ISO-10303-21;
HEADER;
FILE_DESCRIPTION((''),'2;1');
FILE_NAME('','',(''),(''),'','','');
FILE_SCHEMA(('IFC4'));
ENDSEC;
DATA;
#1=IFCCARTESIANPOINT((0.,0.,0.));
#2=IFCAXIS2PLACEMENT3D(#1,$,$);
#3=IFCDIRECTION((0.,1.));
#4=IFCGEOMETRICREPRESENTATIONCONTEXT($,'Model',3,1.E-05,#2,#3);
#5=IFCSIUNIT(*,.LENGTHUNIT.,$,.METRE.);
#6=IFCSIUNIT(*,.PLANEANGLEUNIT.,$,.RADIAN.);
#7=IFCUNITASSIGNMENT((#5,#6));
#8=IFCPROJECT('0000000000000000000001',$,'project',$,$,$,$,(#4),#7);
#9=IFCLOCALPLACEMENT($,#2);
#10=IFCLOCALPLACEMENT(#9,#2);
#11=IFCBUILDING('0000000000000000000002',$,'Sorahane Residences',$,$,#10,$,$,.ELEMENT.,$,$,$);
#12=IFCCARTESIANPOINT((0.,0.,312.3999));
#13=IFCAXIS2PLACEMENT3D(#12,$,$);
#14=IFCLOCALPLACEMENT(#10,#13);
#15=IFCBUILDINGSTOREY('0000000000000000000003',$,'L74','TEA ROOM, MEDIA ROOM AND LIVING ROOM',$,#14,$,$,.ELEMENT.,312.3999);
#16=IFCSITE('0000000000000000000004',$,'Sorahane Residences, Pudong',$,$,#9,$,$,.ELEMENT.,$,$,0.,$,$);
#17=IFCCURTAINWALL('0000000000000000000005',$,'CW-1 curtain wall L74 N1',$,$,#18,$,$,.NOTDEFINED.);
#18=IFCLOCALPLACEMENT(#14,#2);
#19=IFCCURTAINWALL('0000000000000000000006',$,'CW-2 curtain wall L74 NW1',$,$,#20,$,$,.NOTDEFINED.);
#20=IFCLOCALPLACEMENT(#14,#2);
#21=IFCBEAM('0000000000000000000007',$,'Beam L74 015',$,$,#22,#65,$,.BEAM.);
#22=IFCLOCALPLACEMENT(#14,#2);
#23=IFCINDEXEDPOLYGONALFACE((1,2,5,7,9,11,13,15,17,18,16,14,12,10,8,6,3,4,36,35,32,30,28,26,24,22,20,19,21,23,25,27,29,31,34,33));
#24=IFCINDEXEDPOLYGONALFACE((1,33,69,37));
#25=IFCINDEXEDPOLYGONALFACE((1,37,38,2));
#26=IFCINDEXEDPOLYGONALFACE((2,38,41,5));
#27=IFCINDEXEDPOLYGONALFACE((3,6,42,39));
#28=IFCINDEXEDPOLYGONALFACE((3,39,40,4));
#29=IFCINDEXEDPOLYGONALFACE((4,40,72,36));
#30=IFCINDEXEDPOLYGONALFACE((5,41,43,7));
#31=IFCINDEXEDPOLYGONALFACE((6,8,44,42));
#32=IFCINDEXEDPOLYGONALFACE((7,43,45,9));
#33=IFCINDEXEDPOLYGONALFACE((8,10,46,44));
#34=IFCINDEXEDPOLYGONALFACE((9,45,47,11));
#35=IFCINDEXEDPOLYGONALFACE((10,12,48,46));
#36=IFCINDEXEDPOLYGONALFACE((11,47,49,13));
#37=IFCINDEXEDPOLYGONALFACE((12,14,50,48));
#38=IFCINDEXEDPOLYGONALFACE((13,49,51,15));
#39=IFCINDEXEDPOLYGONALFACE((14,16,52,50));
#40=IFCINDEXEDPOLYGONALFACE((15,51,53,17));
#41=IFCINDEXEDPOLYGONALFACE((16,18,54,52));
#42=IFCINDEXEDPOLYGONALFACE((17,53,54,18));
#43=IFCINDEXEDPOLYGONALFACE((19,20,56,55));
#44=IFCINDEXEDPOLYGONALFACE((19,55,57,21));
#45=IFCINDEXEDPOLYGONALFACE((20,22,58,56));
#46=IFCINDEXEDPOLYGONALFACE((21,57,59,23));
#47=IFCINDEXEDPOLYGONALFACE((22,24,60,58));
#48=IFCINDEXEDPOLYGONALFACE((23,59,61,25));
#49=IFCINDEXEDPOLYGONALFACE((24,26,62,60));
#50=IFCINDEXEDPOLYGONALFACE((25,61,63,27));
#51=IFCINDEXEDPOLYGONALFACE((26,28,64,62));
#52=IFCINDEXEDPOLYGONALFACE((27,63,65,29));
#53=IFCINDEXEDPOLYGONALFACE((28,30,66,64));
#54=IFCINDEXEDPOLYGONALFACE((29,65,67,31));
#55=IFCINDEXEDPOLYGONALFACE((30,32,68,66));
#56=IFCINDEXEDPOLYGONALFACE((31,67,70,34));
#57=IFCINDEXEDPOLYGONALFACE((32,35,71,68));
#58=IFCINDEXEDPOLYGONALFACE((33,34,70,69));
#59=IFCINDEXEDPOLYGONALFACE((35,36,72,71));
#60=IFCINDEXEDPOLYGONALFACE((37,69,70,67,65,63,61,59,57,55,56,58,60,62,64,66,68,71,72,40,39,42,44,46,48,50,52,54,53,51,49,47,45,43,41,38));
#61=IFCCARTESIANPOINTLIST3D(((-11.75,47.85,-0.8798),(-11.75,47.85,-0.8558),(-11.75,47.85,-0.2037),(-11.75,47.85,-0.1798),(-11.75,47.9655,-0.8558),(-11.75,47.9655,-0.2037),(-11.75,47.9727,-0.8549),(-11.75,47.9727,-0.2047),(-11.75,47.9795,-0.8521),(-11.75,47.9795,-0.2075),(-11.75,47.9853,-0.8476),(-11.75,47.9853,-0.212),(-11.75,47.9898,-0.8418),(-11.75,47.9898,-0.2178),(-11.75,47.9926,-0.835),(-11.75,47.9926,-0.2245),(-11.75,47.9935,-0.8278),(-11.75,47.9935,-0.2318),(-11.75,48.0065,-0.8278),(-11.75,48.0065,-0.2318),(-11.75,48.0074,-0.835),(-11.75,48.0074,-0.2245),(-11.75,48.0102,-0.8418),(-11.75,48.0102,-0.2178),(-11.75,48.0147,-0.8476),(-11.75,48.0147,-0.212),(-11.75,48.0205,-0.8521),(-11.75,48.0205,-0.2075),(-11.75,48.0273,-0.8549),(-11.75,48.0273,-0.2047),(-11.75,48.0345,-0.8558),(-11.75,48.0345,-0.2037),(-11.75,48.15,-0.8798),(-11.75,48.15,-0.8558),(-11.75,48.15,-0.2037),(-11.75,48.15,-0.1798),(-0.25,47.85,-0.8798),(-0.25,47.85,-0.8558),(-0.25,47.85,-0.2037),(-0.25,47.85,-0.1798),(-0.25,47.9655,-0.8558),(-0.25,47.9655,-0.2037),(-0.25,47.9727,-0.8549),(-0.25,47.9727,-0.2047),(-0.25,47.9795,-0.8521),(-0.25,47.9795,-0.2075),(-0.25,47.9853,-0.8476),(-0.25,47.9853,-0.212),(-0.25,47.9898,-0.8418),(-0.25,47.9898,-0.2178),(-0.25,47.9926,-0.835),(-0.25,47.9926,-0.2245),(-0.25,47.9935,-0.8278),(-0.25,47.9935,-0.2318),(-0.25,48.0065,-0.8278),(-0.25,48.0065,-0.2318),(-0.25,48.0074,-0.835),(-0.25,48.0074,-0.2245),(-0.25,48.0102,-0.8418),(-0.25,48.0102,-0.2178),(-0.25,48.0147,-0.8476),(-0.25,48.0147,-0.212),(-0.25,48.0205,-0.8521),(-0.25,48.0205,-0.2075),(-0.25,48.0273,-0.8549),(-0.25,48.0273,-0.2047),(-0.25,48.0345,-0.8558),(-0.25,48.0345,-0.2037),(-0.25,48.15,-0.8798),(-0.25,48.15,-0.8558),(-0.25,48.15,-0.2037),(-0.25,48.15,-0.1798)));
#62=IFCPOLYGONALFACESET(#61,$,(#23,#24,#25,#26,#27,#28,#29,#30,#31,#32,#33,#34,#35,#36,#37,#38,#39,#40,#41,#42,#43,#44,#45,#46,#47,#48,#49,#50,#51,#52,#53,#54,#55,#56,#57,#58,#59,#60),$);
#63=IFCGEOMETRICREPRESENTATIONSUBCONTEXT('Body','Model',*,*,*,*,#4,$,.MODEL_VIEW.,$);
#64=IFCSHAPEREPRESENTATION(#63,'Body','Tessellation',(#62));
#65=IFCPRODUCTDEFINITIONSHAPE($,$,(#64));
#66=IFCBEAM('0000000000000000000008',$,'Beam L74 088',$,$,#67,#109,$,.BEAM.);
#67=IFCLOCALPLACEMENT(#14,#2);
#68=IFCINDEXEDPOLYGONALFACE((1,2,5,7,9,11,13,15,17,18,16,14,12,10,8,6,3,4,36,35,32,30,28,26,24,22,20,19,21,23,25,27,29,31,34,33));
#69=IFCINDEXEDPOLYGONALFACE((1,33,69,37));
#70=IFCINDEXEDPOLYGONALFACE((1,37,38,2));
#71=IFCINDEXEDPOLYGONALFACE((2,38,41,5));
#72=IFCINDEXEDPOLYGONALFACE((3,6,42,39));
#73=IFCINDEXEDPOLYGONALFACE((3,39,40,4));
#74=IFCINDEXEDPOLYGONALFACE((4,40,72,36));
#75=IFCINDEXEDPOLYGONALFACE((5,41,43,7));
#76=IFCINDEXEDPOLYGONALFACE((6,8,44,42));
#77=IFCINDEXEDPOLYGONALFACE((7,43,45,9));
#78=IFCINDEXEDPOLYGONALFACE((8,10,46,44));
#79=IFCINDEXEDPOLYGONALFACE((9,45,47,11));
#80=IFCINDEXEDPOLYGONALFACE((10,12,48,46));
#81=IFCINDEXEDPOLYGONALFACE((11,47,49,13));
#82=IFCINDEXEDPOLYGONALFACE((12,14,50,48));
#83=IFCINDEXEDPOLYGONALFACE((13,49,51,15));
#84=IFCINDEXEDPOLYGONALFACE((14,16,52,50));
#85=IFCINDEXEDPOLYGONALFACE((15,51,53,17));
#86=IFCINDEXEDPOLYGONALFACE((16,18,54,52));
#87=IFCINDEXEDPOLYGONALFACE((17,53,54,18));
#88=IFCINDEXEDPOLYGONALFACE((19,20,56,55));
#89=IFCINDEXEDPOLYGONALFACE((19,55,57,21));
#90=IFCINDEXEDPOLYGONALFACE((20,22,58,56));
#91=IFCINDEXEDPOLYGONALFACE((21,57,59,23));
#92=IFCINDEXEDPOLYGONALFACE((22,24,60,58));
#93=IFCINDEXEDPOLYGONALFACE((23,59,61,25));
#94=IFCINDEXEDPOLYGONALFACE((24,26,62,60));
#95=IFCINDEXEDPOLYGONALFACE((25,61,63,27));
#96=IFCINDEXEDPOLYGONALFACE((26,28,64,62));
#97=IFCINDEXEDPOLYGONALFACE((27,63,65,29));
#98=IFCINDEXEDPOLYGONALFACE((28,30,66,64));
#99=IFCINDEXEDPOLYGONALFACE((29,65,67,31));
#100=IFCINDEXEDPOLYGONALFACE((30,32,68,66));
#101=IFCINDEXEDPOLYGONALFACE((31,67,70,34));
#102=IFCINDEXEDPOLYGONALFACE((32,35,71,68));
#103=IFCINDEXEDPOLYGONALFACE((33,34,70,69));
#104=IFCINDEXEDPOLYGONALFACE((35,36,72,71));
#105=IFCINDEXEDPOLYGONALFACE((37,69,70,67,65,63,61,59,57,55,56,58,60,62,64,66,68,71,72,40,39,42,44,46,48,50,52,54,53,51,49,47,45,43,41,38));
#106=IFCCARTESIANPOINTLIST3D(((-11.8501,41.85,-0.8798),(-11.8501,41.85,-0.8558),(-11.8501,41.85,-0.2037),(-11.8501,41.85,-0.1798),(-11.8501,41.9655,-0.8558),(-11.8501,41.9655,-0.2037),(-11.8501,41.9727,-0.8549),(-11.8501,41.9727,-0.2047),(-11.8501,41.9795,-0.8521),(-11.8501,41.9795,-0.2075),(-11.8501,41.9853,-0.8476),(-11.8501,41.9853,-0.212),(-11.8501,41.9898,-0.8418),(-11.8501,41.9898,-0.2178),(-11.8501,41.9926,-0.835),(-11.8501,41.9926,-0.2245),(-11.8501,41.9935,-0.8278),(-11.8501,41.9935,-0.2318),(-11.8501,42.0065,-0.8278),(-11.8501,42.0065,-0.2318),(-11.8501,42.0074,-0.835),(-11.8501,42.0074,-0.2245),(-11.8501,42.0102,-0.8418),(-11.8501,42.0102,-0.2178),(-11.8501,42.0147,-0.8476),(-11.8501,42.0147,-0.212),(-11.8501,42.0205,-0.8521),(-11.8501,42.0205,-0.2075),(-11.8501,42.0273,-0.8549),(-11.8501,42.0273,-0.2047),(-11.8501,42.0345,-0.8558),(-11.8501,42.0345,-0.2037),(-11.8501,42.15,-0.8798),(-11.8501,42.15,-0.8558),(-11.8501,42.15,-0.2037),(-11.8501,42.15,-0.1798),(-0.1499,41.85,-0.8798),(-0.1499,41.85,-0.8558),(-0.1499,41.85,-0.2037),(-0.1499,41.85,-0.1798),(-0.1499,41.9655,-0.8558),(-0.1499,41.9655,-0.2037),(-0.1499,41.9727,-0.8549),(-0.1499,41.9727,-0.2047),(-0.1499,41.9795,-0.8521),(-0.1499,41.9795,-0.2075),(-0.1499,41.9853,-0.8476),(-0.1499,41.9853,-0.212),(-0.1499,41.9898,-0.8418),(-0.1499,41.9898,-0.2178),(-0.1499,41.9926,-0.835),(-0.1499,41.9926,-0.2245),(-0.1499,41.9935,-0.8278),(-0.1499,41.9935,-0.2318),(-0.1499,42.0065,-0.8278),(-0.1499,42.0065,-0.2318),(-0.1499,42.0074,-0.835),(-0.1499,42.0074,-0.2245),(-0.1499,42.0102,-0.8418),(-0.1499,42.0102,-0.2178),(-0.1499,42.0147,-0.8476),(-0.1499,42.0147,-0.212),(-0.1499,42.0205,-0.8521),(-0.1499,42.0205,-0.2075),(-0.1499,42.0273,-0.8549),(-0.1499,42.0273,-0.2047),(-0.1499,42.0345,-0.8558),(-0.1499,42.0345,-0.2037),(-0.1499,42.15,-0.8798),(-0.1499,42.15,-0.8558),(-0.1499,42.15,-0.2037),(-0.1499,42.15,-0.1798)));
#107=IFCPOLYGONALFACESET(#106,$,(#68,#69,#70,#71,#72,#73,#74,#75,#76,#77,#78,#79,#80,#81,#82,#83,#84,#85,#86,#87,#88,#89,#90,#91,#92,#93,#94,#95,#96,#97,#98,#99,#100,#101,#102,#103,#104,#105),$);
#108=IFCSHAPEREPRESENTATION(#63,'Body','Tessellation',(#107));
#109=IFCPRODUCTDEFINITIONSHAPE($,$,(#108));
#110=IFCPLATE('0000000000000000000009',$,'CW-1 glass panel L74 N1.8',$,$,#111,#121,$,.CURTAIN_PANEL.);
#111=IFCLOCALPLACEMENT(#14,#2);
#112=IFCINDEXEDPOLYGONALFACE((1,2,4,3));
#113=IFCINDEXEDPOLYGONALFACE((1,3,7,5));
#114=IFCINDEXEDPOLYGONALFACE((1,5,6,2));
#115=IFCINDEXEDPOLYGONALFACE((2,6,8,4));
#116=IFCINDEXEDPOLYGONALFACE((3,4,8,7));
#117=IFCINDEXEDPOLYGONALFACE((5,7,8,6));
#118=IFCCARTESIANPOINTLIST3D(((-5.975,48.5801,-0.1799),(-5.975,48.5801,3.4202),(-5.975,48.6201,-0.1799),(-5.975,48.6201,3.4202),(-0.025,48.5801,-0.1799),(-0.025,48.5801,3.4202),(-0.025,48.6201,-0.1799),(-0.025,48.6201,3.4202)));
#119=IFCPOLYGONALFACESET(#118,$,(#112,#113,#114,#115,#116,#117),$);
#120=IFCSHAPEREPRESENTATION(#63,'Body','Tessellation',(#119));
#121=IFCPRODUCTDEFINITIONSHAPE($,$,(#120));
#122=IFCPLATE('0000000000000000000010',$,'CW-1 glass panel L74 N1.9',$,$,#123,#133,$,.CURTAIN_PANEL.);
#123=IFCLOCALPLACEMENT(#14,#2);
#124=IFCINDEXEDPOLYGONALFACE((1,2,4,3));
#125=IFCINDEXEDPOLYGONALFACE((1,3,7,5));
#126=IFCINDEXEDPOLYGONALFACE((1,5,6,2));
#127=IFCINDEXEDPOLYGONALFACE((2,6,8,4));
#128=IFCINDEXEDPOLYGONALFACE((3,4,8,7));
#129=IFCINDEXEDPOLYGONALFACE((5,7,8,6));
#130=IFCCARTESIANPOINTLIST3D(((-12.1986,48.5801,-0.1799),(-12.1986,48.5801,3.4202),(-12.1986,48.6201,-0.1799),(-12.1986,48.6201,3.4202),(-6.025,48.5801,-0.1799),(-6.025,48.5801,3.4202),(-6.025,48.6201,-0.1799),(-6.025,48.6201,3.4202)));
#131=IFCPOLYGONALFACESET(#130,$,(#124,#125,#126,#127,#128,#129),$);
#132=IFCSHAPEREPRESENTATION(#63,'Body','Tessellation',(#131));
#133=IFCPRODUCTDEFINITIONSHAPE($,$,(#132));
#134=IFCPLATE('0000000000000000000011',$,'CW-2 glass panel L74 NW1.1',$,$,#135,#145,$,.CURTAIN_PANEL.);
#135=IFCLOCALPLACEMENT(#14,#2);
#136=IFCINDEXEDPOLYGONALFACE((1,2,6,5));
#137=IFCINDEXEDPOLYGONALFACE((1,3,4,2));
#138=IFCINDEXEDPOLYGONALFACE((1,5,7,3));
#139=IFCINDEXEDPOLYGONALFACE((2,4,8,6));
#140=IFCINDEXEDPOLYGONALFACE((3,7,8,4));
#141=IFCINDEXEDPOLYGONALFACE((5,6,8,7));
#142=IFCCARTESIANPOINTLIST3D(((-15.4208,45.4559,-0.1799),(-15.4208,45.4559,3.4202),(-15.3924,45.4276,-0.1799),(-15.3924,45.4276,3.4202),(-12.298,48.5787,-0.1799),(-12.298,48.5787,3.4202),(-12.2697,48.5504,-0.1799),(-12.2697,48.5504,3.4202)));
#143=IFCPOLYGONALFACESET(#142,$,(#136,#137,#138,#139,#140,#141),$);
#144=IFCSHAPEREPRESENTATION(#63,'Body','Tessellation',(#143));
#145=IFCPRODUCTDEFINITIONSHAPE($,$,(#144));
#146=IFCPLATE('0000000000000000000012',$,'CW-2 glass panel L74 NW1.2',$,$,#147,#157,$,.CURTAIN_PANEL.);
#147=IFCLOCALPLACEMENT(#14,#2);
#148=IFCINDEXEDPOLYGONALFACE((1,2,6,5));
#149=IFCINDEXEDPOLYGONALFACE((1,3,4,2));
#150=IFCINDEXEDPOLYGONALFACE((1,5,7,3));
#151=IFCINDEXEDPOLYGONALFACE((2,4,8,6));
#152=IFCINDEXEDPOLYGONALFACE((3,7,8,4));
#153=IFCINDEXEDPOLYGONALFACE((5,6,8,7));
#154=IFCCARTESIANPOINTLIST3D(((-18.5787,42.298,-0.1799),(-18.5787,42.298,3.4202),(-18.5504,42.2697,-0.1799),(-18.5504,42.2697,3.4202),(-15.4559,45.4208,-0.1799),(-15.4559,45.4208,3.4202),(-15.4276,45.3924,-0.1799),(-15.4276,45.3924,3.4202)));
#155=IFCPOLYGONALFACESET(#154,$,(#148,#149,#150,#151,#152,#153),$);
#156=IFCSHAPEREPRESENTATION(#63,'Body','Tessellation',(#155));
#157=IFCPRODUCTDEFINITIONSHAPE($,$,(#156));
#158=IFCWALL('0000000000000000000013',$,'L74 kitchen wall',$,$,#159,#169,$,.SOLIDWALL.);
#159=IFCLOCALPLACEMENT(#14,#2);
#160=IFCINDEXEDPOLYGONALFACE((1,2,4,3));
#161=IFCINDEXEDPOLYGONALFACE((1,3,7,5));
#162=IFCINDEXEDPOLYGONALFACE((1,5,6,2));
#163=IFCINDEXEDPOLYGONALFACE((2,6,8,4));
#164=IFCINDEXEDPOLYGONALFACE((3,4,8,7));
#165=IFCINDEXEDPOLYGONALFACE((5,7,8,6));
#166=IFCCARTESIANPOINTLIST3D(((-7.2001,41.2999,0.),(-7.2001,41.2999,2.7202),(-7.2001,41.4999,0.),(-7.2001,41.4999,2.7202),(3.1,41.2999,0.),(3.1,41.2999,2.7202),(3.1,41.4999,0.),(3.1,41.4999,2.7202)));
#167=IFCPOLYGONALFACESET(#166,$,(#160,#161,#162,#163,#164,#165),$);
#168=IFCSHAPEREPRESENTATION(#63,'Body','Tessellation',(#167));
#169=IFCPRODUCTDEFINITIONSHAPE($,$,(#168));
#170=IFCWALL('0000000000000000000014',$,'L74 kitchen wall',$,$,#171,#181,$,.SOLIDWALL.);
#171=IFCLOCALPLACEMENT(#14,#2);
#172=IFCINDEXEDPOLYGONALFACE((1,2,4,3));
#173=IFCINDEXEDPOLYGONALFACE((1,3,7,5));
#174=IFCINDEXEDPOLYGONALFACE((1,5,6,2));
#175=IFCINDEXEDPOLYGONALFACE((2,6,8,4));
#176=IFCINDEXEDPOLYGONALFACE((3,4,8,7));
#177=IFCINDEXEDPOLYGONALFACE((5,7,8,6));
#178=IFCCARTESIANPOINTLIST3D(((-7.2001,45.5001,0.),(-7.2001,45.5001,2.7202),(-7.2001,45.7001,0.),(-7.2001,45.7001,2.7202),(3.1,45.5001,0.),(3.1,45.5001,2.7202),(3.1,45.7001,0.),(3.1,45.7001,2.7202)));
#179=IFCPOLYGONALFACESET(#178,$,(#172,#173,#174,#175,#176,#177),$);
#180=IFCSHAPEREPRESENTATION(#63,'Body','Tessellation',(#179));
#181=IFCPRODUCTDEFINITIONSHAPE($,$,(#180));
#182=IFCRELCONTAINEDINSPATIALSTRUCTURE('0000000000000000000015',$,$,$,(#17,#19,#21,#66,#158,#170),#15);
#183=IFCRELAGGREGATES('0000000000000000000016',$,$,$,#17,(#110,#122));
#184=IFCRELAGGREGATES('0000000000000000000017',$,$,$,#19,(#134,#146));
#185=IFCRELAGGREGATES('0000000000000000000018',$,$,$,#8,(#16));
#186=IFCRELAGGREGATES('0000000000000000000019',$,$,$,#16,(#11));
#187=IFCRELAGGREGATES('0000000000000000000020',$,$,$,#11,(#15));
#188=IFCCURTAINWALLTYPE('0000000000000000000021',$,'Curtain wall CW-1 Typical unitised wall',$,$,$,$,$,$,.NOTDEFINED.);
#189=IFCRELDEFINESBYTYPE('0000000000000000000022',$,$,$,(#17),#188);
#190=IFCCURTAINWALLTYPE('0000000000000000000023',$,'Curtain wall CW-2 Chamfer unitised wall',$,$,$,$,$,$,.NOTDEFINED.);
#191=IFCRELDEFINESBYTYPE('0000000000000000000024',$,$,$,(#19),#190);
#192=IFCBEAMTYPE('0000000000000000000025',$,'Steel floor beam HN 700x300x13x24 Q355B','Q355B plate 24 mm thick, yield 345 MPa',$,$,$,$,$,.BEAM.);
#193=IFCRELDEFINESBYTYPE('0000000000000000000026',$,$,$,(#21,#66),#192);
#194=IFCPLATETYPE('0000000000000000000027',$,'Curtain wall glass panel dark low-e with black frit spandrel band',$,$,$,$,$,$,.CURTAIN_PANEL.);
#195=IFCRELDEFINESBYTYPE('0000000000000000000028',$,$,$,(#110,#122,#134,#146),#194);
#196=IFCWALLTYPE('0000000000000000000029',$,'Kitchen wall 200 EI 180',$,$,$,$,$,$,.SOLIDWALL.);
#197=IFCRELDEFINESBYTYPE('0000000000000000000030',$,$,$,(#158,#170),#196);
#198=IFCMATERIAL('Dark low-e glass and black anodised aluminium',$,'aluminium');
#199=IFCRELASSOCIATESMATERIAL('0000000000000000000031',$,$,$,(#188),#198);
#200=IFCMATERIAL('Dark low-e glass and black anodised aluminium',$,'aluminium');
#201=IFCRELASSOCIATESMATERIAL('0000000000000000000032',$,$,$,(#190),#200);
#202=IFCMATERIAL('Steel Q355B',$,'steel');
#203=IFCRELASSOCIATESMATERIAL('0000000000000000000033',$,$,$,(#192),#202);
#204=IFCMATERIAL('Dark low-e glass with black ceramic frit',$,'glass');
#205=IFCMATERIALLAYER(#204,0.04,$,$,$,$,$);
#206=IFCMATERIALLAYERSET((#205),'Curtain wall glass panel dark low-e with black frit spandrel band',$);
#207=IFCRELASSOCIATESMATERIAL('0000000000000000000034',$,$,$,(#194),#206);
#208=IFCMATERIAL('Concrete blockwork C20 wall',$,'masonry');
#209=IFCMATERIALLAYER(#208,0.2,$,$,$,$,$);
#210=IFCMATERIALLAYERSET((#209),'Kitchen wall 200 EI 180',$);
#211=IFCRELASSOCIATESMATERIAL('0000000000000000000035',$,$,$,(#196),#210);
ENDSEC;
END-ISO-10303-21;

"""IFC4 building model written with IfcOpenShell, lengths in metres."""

from ifc_helpers import new_model, si_unit, direction, frame, frame_2d, origin, origin_2d, place, context, subcontext, project, spatial, rectangle, i_section, extrude, material, layer, layer_set, material_profile, profile_set, type_object, element, aggregate, save


model = new_model("IFC4")

# Units and contexts
model_context = context("Model", 3, precision=1e-05, world=origin(), true_north=direction((0.0, 1.0)))
body_context = subcontext(model_context, "Body", "Model", "MODEL_VIEW")
ifc_project = project(units=[si_unit("LENGTHUNIT", "METRE"), si_unit("PLANEANGLEUNIT", "RADIAN")], contexts=[model_context])

# Site, building, storey
site_placement = place(None, origin())
site = spatial("IfcSite", under=ifc_project, at=site_placement, Name="Sorahane Residences, Pudong", CompositionType="ELEMENT", RefElevation=0.0)
building_placement = place(site_placement, origin())
building = spatial("IfcBuilding", under=site, at=building_placement, Name="Sorahane Residences", CompositionType="ELEMENT")
storey_placement = place(building_placement, frame((0.0, 0.0, 312.3999)))
storey = spatial("IfcBuildingStorey", under=building, at=storey_placement, Name="L74", Description="TEA ROOM, MEDIA ROOM AND LIVING ROOM", CompositionType="ELEMENT", Elevation=312.3999)

# Curtain walls
ifc_material_1 = material(Name="Dark low-e glass and black anodised aluminium", Category="aluminium")
curtain_wall_type_1 = type_object("IfcCurtainWallType", Name="Curtain wall CW-1 Typical unitised wall", PredefinedType="NOTDEFINED", material=ifc_material_1)
curtain_wall_1_placement = place(storey_placement, origin())
curtain_wall_1 = element("IfcCurtainWall", 1, at=curtain_wall_1_placement, inside=storey, type_object=curtain_wall_type_1, Name="CW-1 curtain wall L74 N1", PredefinedType="NOTDEFINED")
ifc_material_2 = material(Name="Dark low-e glass and black anodised aluminium", Category="aluminium")
curtain_wall_type_2 = type_object("IfcCurtainWallType", Name="Curtain wall CW-2 Chamfer unitised wall", PredefinedType="NOTDEFINED", material=ifc_material_2)
curtain_wall_2_placement = place(storey_placement, origin())
curtain_wall_2 = element("IfcCurtainWall", 2, at=curtain_wall_2_placement, inside=storey, type_object=curtain_wall_type_2, Name="CW-2 curtain wall L74 NW1", PredefinedType="NOTDEFINED")

# Beams
ifc_material_3 = material(Name="Steel Q355B", Category="steel")
ifc_material_profile_1 = material_profile(ifc_material_3, i_section(OverallWidth=0.3, OverallDepth=0.7, WebThickness=0.0129, FlangeThickness=0.0239, FilletRadius=0.0281, at=origin_2d()), Name="HN 700x300x13x24")
ifc_profile_set_1 = profile_set([ifc_material_profile_1], Name="Steel Q355B")
beam_type_1 = type_object("IfcBeamType", Name="Steel floor beam HN 700x300x13x24 Q355B", Description="Q355B plate 24 mm thick, yield 345 MPa", PredefinedType="BEAM", material=ifc_profile_set_1)
beam_1_placement = place(storey_placement, frame((-11.75, 48.0, -0.5298), z_axis=(1.0, 0.0, 0.0), x_axis=(0.0, 1.0, 0.0)))
element("IfcBeam", 3, at=beam_1_placement, inside=storey, type_object=beam_type_1, Name="Beam L74 015", PredefinedType="BEAM", context=body_context, shape_type="SweptSolid", body=[
    extrude(i_section(OverallWidth=0.3, OverallDepth=0.7, WebThickness=0.0129, FlangeThickness=0.0239, FilletRadius=0.0281, at=origin_2d()), origin(), (0.0, 0.0, 1.0), 11.5),
])
beam_2_placement = place(storey_placement, frame((-11.8501, 42.0, -0.5298), z_axis=(1.0, 0.0, 0.0), x_axis=(0.0, 1.0, 0.0)))
element("IfcBeam", 4, at=beam_2_placement, inside=storey, type_object=beam_type_1, Name="Beam L74 088", PredefinedType="BEAM", context=body_context, shape_type="SweptSolid", body=[
    extrude(i_section(OverallWidth=0.3, OverallDepth=0.7, WebThickness=0.0129, FlangeThickness=0.0239, FilletRadius=0.0281, at=origin_2d()), origin(), (0.0, 0.0, 1.0), 11.7002),
])

# Plates
ifc_material_4 = material(Name="Dark low-e glass with black ceramic frit", Category="glass")
ifc_layer_1 = layer(ifc_material_4, 0.04)
ifc_layer_set_1 = layer_set([ifc_layer_1], Name="Curtain wall glass panel dark low-e with black frit spandrel band")
plate_type = type_object("IfcPlateType", Name="Curtain wall glass panel dark low-e with black frit spandrel band", PredefinedType="CURTAIN_PANEL", material=ifc_layer_set_1)
plate_1_placement = place(storey_placement, frame((-3.0, 48.6001, -0.1799), z_axis=(0.0, 0.0, 1.0), x_axis=(-1.0, 0.0, 0.0)))
plate_1 = element("IfcPlate", 5, at=plate_1_placement, type_object=plate_type, Name="CW-1 glass panel L74 N1.8", PredefinedType="CURTAIN_PANEL", context=body_context, shape_type="SweptSolid", body=[
    extrude(rectangle(XDim=5.95, YDim=0.04, at=origin_2d()), origin(), (0.0, 0.0, 1.0), 3.6001),
])
plate_2_placement = place(storey_placement, frame((-9.1118, 48.6001, -0.1799), z_axis=(0.0, 0.0, 1.0), x_axis=(-1.0, 0.0, 0.0)))
plate_2 = element("IfcPlate", 6, at=plate_2_placement, type_object=plate_type, Name="CW-1 glass panel L74 N1.9", PredefinedType="CURTAIN_PANEL", context=body_context, shape_type="SweptSolid", body=[
    extrude(rectangle(XDim=6.1736, YDim=0.04, at=origin_2d()), origin(), (0.0, 0.0, 1.0), 3.6001),
])
aggregate(curtain_wall_1, [plate_1, plate_2])
plate_3_placement = place(storey_placement, frame((-13.8452, 47.0032, -0.1799), z_axis=(0.0, 0.0, 1.0), x_axis=(-0.707107, -0.707107, 0.0)))
plate_3 = element("IfcPlate", 7, at=plate_3_placement, type_object=plate_type, Name="CW-2 glass panel L74 NW1.1", PredefinedType="CURTAIN_PANEL", context=body_context, shape_type="SweptSolid", body=[
    extrude(rectangle(XDim=4.4163, YDim=0.04, at=origin_2d()), origin(), (0.0, 0.0, 1.0), 3.6001),
])
plate_4_placement = place(storey_placement, frame((-17.0032, 43.8452, -0.1799), z_axis=(0.0, 0.0, 1.0), x_axis=(-0.707107, -0.707107, 0.0)))
plate_4 = element("IfcPlate", 8, at=plate_4_placement, type_object=plate_type, Name="CW-2 glass panel L74 NW1.2", PredefinedType="CURTAIN_PANEL", context=body_context, shape_type="SweptSolid", body=[
    extrude(rectangle(XDim=4.4163, YDim=0.04, at=origin_2d()), origin(), (0.0, 0.0, 1.0), 3.6001),
])
aggregate(curtain_wall_2, [plate_3, plate_4])

# Shared definitions
ifc_material_5 = material(Name="Concrete blockwork C20 wall", Category="masonry")
ifc_layer_2 = layer(ifc_material_5, 0.2)
ifc_layer_set_2 = layer_set([ifc_layer_2], Name="Kitchen wall 200 EI 180")
wall_type_1 = type_object("IfcWallType", Name="Kitchen wall 200 EI 180", PredefinedType="SOLIDWALL", material=ifc_layer_set_2)

# Walls
for number, where, z_axis, x_axis, name in (
    (9, (-7.2, 41.3999, 0.0), (0.0, 0.0, 1.0), (1.0, 0.0, 0.0), "L74 kitchen wall"),
    (10, (-7.2, 45.6001, 0.0), (0.0, 0.0, 1.0), (1.0, 0.0, 0.0), "L74 kitchen wall"),
):
    element("IfcWall", number, at=place(storey_placement, frame(where, z_axis=z_axis, x_axis=x_axis)), inside=storey, type_object=wall_type_1, Name=name, PredefinedType="SOLIDWALL", context=body_context, shape_type="SweptSolid", body=[
        extrude(rectangle(XDim=10.3, YDim=0.2, at=frame_2d((5.1499, 0.0))), origin(), (0.0, 0.0, 1.0), 2.7202),
    ])

save(model, "model.ifc")
